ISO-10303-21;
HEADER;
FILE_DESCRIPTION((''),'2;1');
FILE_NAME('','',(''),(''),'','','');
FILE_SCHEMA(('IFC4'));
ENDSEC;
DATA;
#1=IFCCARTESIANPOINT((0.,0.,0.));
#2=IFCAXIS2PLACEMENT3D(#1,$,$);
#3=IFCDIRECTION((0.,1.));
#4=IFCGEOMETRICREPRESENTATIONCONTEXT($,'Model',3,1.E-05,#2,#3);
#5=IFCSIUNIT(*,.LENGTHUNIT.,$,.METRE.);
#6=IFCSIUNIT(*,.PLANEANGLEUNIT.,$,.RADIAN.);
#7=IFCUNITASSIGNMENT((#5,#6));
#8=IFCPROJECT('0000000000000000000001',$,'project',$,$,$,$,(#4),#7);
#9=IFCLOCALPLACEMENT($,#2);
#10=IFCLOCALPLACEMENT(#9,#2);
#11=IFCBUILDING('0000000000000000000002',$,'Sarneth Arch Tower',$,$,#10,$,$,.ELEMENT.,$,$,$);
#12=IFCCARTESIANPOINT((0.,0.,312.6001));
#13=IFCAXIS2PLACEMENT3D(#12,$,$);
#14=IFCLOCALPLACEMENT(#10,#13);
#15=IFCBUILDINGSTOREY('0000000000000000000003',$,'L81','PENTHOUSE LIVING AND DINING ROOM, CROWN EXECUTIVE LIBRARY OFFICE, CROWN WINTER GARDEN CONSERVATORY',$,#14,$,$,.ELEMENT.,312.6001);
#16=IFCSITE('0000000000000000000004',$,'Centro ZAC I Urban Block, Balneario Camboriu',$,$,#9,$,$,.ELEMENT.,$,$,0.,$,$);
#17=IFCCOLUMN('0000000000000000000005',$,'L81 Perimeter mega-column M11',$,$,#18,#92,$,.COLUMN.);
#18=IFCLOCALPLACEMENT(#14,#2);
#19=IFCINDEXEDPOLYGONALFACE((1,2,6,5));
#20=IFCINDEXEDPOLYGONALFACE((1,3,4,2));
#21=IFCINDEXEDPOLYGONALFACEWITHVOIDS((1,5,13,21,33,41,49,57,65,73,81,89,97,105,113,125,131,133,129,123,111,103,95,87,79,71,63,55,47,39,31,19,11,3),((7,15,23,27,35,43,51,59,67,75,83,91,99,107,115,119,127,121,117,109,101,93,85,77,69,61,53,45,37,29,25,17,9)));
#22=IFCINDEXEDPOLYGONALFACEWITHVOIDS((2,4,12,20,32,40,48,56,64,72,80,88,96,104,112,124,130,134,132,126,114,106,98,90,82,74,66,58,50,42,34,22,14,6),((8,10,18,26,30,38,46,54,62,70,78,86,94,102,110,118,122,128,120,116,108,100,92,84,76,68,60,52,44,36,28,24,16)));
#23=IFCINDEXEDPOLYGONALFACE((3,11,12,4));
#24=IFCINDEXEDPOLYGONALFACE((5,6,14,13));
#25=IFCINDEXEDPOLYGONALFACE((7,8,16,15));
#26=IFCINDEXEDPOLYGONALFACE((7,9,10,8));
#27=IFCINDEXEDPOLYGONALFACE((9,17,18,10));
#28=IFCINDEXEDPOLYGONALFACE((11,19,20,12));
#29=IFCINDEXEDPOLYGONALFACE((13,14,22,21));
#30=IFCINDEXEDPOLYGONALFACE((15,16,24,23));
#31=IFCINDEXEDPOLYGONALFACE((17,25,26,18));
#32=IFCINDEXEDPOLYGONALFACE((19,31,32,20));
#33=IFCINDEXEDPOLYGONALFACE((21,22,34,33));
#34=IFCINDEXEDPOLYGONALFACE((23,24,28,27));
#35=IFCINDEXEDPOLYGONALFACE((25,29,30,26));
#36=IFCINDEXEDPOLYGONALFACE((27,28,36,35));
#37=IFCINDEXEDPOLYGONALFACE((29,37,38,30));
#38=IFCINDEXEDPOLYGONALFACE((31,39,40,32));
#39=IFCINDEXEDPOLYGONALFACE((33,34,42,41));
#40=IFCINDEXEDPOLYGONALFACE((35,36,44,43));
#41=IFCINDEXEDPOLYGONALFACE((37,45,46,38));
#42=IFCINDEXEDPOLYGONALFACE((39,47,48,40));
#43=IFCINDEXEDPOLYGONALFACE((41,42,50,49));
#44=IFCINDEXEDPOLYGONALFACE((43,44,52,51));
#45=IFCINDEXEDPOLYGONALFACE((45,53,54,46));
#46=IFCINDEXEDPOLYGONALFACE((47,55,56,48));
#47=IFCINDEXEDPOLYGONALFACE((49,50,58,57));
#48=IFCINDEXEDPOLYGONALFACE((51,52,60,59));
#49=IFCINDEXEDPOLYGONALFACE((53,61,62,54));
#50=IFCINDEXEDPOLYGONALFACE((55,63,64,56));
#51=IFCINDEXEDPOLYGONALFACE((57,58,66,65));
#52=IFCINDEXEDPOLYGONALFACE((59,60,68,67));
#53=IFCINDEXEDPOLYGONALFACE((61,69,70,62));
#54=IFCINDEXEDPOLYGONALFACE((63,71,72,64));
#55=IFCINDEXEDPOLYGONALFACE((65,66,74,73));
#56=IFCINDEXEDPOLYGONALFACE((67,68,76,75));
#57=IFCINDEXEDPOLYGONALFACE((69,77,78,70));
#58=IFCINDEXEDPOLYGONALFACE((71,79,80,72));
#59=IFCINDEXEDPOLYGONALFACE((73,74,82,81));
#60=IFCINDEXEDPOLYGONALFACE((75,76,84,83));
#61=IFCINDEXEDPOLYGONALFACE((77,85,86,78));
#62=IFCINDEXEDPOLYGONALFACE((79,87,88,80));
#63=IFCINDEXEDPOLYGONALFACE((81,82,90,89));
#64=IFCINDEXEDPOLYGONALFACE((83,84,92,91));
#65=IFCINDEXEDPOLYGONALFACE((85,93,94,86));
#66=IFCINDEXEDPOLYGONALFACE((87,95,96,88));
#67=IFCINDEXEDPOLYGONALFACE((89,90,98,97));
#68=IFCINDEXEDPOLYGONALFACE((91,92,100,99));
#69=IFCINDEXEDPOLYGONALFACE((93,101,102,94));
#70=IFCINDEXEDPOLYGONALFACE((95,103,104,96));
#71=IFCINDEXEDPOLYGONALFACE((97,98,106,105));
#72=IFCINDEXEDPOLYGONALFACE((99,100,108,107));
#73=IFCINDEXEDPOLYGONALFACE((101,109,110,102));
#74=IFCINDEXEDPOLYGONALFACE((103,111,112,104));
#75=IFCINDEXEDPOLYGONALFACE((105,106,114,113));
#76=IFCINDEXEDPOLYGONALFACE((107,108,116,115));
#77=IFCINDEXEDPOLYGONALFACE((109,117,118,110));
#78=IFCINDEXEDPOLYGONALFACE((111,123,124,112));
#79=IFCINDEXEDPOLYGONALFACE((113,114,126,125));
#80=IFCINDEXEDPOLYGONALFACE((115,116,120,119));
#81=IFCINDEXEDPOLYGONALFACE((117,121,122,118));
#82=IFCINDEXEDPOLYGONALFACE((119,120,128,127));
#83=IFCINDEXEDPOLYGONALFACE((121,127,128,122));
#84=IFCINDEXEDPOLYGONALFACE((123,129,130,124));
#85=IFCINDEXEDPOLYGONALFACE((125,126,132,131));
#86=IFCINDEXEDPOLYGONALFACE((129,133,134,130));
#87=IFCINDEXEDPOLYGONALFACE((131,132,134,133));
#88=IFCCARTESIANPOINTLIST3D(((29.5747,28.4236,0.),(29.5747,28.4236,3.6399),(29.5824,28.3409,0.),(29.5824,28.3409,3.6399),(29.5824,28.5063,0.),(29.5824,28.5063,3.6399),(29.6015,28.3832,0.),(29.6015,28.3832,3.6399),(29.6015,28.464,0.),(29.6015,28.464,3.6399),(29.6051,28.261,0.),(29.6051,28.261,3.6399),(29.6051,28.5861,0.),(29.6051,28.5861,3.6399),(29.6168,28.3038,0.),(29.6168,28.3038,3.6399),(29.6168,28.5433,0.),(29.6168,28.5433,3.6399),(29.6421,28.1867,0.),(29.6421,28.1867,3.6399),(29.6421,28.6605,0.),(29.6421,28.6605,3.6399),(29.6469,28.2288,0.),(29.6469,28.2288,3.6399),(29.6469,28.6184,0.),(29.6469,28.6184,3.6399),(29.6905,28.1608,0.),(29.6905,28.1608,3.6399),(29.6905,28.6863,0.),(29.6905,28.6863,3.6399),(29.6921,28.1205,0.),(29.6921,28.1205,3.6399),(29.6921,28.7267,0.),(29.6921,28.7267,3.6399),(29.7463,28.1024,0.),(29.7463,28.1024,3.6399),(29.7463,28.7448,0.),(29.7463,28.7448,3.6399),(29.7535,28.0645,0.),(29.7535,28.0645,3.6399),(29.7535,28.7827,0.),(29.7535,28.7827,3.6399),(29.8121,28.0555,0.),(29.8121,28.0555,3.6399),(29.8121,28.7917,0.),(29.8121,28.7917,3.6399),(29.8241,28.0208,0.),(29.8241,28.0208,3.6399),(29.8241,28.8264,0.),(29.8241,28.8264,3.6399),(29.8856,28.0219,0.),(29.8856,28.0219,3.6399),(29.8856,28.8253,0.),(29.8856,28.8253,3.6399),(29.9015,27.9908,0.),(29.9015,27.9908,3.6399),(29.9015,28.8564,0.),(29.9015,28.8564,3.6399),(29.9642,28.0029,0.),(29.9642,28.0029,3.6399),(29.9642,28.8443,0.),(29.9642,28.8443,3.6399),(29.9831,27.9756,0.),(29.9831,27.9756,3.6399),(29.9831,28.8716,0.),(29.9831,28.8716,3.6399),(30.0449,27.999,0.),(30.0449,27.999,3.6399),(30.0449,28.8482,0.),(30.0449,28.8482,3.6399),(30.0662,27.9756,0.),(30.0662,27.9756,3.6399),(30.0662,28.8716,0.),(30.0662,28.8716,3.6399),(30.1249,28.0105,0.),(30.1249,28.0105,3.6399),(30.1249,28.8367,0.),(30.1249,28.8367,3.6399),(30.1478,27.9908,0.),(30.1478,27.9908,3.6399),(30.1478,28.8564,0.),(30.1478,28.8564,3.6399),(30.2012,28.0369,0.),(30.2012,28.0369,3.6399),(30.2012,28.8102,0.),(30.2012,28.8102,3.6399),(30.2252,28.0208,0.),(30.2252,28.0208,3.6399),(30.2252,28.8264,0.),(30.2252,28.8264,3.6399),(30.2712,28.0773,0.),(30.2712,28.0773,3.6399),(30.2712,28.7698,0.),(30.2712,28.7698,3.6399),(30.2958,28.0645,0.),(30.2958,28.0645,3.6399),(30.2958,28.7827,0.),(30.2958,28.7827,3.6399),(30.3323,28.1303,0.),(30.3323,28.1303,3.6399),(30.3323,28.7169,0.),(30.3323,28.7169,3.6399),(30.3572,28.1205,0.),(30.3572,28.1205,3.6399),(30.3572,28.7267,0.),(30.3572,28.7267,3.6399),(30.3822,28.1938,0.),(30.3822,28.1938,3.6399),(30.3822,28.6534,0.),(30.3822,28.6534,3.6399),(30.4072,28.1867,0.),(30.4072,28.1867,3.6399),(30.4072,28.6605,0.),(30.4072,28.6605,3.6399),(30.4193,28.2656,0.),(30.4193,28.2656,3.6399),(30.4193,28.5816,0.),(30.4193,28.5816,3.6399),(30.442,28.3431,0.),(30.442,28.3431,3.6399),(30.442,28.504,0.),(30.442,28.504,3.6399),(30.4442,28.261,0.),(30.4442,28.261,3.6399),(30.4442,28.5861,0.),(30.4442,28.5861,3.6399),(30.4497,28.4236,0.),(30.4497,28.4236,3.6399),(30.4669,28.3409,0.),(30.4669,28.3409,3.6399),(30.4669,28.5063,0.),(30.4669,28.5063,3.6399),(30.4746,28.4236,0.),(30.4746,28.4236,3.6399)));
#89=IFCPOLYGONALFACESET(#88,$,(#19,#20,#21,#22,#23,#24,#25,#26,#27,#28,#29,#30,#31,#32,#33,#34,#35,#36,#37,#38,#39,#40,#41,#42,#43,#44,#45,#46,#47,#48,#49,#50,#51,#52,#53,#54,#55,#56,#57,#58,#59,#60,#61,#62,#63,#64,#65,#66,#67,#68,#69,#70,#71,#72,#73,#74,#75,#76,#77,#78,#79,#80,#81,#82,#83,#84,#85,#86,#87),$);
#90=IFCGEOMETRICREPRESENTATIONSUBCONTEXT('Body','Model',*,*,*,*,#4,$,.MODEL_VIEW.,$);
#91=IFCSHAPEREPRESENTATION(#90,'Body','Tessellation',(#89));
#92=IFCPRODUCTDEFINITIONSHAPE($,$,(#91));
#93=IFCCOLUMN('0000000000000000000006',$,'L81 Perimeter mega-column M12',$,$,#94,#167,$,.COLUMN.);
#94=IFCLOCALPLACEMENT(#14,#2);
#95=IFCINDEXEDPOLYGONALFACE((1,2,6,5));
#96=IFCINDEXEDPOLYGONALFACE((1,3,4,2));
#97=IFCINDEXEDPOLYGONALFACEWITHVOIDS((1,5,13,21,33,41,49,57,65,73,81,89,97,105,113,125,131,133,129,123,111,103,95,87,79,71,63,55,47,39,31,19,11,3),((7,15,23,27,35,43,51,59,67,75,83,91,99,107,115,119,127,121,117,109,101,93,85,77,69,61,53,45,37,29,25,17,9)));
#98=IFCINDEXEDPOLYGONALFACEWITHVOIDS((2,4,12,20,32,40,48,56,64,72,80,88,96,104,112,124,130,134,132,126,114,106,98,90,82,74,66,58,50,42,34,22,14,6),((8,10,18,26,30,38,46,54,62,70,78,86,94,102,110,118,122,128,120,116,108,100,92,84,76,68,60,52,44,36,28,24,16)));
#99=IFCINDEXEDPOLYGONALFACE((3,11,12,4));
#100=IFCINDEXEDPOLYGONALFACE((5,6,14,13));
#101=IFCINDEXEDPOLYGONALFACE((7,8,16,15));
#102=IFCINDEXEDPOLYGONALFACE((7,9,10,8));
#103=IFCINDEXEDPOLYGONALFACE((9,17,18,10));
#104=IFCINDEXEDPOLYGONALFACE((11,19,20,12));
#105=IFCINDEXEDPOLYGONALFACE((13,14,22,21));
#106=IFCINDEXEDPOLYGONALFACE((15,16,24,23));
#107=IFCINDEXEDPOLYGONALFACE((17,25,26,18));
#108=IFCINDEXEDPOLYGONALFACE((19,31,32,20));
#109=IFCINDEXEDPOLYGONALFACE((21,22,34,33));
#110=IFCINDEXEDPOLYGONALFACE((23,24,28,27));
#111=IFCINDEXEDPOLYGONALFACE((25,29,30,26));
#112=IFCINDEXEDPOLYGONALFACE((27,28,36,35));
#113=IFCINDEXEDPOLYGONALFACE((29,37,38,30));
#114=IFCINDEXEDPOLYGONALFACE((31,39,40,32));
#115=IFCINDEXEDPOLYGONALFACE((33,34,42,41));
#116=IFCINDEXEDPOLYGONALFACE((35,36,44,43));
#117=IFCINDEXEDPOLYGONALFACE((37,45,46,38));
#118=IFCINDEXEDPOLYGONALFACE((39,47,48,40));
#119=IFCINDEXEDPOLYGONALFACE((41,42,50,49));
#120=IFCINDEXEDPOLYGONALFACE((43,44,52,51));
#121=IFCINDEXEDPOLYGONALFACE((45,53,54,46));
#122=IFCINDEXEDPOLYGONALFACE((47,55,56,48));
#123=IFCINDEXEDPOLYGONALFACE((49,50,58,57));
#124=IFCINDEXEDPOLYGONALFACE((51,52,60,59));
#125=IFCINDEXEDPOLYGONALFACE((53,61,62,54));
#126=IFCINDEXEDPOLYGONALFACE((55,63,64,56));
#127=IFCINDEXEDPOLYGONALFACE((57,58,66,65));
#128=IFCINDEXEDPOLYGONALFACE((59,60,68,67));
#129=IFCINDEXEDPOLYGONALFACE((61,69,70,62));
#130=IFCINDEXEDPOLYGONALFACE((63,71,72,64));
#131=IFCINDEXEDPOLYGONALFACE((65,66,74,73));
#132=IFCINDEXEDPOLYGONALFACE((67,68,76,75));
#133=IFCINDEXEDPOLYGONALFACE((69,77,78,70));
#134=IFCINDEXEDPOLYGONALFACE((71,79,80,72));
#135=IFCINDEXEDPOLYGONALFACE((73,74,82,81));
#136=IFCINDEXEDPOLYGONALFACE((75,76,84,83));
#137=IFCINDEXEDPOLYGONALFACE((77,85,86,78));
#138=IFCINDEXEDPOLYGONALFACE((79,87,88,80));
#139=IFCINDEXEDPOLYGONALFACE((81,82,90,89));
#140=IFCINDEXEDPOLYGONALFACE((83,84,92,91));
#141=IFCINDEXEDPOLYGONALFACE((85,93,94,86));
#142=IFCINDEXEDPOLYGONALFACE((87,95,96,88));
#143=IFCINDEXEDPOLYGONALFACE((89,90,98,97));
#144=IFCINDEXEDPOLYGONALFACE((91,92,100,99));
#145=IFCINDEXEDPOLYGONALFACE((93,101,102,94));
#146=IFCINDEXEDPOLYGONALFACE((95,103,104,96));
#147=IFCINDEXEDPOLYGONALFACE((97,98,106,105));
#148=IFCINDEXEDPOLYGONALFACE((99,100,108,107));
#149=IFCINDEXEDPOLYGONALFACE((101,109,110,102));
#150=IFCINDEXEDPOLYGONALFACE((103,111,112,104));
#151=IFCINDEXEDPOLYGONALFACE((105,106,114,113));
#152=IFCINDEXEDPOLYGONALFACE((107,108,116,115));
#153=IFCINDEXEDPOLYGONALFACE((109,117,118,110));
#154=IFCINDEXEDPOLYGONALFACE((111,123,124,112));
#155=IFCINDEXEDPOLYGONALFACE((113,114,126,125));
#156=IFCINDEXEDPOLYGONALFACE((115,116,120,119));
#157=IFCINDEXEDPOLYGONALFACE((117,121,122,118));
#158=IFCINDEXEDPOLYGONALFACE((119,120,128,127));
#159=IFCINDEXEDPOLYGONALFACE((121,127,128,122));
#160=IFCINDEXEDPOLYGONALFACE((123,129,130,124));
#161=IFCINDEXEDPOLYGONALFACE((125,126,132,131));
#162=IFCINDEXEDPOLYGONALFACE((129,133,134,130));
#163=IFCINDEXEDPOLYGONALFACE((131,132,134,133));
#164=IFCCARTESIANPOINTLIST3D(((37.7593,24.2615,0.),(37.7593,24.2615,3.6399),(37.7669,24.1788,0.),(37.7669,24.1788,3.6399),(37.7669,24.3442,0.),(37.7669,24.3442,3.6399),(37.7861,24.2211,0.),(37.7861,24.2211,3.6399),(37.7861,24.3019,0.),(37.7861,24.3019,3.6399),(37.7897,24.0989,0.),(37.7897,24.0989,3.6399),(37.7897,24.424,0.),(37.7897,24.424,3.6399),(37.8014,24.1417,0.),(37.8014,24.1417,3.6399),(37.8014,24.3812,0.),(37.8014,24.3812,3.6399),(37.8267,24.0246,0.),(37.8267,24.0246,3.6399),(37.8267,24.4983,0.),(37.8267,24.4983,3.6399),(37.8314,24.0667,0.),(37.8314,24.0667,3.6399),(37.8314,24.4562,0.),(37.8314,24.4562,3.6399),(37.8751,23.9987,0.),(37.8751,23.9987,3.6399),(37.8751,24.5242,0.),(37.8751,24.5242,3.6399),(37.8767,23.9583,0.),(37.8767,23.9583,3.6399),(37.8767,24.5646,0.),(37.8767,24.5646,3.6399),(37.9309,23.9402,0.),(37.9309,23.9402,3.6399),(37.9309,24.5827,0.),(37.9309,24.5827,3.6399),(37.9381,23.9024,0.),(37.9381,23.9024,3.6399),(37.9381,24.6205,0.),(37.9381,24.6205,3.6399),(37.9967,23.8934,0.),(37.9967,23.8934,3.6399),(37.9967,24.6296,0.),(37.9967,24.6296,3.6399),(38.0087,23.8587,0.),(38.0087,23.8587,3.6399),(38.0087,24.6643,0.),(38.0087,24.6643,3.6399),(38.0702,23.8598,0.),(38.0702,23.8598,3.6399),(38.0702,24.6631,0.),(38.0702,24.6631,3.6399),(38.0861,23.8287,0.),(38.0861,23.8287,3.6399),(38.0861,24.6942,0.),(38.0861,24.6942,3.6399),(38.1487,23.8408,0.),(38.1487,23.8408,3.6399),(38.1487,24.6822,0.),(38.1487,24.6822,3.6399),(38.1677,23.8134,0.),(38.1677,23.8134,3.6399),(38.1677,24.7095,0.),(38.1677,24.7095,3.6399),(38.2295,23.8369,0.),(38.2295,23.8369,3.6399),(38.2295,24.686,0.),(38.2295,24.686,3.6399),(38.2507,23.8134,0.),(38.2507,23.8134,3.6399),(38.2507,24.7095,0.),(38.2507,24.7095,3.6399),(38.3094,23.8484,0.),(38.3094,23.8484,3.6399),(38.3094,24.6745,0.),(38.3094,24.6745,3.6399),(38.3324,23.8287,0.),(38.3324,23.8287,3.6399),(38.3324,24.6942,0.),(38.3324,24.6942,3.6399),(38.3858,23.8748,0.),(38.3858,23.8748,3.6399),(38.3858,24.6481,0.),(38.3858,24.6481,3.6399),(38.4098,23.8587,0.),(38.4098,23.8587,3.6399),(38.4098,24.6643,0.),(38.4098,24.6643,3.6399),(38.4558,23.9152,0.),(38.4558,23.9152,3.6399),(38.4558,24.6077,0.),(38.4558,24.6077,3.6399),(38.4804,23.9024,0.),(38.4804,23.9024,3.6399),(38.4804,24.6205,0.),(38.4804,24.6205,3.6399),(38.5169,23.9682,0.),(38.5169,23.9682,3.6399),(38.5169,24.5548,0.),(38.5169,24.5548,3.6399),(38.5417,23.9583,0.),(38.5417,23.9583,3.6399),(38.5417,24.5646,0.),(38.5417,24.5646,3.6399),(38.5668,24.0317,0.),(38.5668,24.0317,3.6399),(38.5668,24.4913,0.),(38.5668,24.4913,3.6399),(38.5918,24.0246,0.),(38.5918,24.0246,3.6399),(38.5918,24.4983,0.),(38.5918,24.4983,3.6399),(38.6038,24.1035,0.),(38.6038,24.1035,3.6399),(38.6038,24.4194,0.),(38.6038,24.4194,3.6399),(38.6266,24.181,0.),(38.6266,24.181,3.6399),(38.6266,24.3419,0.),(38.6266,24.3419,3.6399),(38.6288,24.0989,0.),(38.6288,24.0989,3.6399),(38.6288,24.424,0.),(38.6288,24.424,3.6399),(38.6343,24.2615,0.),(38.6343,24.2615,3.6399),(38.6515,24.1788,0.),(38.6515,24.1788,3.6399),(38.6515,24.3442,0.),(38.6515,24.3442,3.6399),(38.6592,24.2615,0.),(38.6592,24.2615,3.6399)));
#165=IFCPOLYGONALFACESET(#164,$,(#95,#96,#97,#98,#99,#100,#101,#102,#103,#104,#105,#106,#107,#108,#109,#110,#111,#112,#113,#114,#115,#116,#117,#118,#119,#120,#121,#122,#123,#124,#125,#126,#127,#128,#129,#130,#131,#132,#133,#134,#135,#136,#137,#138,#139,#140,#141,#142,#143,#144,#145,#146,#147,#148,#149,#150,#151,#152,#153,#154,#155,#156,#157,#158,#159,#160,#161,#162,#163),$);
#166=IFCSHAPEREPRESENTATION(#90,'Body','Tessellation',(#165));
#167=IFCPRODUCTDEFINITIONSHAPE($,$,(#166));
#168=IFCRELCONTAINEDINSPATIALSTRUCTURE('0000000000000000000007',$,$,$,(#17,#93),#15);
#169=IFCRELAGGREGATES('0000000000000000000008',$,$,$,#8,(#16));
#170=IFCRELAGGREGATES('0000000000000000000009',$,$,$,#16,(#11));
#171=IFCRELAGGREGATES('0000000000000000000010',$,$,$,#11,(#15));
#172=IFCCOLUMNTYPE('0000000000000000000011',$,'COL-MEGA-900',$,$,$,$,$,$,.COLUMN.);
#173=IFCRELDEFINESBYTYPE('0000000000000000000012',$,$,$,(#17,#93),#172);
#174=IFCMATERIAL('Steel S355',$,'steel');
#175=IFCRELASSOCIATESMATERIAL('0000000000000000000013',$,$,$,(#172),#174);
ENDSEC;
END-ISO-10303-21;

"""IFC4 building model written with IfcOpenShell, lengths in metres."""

from ifc_helpers import new_model, si_unit, direction, frame, origin, origin_2d, place, context, subcontext, project, spatial, hollow_circle, extrude, material, material_profile, profile_set, type_object, element, save


model = new_model("IFC4")

# Units and contexts
model_context = context("Model", 3, precision=1e-05, world=origin(), true_north=direction((0.0, 1.0)))
body_context = subcontext(model_context, "Body", "Model", "MODEL_VIEW")
ifc_project = project(units=[si_unit("LENGTHUNIT", "METRE"), si_unit("PLANEANGLEUNIT", "RADIAN")], contexts=[model_context])

# Site, building, storey
site_placement = place(None, origin())
site = spatial("IfcSite", under=ifc_project, at=site_placement, Name="Centro ZAC I Urban Block, Balneario Camboriu", CompositionType="ELEMENT", RefElevation=0.0)
building_placement = place(site_placement, origin())
building = spatial("IfcBuilding", under=site, at=building_placement, Name="Sarneth Arch Tower", CompositionType="ELEMENT")
storey_placement = place(building_placement, frame((0.0, 0.0, 312.6001)))
storey = spatial("IfcBuildingStorey", under=building, at=storey_placement, Name="L81", Description="PENTHOUSE LIVING AND DINING ROOM, CROWN EXECUTIVE LIBRARY OFFICE, CROWN WINTER GARDEN CONSERVATORY", CompositionType="ELEMENT", Elevation=312.6001)

# Columns
ifc_material_1 = material(Name="Steel S355", Category="steel")
ifc_material_profile_1 = material_profile(ifc_material_1, hollow_circle(Radius=0.45, WallThickness=0.0249, at=origin_2d()), Name="CHS900x25")
ifc_profile_set_1 = profile_set([ifc_material_profile_1], Name="Steel S355")
column_type = type_object("IfcColumnType", Name="COL-MEGA-900", PredefinedType="COLUMN", material=ifc_profile_set_1)
for number, where, z_axis, x_axis, name in (
    (1, (30.0247, 28.4236, 0.0), (0.0, 0.0, 1.0), (1.0, 0.0, 0.0), "L81 Perimeter mega-column M11"),
    (2, (38.2092, 24.2615, 0.0), (0.0, 0.0, 1.0), (1.0, 0.0, 0.0), "L81 Perimeter mega-column M12"),
):
    element("IfcColumn", number, at=place(storey_placement, frame(where, z_axis=z_axis, x_axis=x_axis)), inside=storey, type_object=column_type, Name=name, PredefinedType="COLUMN", context=body_context, shape_type="SweptSolid", body=[
        extrude(hollow_circle(Radius=0.45, WallThickness=0.0249, at=origin_2d()), origin(), (0.0, 0.0, 1.0), 3.6399),
    ])

save(model, "model.ifc")
